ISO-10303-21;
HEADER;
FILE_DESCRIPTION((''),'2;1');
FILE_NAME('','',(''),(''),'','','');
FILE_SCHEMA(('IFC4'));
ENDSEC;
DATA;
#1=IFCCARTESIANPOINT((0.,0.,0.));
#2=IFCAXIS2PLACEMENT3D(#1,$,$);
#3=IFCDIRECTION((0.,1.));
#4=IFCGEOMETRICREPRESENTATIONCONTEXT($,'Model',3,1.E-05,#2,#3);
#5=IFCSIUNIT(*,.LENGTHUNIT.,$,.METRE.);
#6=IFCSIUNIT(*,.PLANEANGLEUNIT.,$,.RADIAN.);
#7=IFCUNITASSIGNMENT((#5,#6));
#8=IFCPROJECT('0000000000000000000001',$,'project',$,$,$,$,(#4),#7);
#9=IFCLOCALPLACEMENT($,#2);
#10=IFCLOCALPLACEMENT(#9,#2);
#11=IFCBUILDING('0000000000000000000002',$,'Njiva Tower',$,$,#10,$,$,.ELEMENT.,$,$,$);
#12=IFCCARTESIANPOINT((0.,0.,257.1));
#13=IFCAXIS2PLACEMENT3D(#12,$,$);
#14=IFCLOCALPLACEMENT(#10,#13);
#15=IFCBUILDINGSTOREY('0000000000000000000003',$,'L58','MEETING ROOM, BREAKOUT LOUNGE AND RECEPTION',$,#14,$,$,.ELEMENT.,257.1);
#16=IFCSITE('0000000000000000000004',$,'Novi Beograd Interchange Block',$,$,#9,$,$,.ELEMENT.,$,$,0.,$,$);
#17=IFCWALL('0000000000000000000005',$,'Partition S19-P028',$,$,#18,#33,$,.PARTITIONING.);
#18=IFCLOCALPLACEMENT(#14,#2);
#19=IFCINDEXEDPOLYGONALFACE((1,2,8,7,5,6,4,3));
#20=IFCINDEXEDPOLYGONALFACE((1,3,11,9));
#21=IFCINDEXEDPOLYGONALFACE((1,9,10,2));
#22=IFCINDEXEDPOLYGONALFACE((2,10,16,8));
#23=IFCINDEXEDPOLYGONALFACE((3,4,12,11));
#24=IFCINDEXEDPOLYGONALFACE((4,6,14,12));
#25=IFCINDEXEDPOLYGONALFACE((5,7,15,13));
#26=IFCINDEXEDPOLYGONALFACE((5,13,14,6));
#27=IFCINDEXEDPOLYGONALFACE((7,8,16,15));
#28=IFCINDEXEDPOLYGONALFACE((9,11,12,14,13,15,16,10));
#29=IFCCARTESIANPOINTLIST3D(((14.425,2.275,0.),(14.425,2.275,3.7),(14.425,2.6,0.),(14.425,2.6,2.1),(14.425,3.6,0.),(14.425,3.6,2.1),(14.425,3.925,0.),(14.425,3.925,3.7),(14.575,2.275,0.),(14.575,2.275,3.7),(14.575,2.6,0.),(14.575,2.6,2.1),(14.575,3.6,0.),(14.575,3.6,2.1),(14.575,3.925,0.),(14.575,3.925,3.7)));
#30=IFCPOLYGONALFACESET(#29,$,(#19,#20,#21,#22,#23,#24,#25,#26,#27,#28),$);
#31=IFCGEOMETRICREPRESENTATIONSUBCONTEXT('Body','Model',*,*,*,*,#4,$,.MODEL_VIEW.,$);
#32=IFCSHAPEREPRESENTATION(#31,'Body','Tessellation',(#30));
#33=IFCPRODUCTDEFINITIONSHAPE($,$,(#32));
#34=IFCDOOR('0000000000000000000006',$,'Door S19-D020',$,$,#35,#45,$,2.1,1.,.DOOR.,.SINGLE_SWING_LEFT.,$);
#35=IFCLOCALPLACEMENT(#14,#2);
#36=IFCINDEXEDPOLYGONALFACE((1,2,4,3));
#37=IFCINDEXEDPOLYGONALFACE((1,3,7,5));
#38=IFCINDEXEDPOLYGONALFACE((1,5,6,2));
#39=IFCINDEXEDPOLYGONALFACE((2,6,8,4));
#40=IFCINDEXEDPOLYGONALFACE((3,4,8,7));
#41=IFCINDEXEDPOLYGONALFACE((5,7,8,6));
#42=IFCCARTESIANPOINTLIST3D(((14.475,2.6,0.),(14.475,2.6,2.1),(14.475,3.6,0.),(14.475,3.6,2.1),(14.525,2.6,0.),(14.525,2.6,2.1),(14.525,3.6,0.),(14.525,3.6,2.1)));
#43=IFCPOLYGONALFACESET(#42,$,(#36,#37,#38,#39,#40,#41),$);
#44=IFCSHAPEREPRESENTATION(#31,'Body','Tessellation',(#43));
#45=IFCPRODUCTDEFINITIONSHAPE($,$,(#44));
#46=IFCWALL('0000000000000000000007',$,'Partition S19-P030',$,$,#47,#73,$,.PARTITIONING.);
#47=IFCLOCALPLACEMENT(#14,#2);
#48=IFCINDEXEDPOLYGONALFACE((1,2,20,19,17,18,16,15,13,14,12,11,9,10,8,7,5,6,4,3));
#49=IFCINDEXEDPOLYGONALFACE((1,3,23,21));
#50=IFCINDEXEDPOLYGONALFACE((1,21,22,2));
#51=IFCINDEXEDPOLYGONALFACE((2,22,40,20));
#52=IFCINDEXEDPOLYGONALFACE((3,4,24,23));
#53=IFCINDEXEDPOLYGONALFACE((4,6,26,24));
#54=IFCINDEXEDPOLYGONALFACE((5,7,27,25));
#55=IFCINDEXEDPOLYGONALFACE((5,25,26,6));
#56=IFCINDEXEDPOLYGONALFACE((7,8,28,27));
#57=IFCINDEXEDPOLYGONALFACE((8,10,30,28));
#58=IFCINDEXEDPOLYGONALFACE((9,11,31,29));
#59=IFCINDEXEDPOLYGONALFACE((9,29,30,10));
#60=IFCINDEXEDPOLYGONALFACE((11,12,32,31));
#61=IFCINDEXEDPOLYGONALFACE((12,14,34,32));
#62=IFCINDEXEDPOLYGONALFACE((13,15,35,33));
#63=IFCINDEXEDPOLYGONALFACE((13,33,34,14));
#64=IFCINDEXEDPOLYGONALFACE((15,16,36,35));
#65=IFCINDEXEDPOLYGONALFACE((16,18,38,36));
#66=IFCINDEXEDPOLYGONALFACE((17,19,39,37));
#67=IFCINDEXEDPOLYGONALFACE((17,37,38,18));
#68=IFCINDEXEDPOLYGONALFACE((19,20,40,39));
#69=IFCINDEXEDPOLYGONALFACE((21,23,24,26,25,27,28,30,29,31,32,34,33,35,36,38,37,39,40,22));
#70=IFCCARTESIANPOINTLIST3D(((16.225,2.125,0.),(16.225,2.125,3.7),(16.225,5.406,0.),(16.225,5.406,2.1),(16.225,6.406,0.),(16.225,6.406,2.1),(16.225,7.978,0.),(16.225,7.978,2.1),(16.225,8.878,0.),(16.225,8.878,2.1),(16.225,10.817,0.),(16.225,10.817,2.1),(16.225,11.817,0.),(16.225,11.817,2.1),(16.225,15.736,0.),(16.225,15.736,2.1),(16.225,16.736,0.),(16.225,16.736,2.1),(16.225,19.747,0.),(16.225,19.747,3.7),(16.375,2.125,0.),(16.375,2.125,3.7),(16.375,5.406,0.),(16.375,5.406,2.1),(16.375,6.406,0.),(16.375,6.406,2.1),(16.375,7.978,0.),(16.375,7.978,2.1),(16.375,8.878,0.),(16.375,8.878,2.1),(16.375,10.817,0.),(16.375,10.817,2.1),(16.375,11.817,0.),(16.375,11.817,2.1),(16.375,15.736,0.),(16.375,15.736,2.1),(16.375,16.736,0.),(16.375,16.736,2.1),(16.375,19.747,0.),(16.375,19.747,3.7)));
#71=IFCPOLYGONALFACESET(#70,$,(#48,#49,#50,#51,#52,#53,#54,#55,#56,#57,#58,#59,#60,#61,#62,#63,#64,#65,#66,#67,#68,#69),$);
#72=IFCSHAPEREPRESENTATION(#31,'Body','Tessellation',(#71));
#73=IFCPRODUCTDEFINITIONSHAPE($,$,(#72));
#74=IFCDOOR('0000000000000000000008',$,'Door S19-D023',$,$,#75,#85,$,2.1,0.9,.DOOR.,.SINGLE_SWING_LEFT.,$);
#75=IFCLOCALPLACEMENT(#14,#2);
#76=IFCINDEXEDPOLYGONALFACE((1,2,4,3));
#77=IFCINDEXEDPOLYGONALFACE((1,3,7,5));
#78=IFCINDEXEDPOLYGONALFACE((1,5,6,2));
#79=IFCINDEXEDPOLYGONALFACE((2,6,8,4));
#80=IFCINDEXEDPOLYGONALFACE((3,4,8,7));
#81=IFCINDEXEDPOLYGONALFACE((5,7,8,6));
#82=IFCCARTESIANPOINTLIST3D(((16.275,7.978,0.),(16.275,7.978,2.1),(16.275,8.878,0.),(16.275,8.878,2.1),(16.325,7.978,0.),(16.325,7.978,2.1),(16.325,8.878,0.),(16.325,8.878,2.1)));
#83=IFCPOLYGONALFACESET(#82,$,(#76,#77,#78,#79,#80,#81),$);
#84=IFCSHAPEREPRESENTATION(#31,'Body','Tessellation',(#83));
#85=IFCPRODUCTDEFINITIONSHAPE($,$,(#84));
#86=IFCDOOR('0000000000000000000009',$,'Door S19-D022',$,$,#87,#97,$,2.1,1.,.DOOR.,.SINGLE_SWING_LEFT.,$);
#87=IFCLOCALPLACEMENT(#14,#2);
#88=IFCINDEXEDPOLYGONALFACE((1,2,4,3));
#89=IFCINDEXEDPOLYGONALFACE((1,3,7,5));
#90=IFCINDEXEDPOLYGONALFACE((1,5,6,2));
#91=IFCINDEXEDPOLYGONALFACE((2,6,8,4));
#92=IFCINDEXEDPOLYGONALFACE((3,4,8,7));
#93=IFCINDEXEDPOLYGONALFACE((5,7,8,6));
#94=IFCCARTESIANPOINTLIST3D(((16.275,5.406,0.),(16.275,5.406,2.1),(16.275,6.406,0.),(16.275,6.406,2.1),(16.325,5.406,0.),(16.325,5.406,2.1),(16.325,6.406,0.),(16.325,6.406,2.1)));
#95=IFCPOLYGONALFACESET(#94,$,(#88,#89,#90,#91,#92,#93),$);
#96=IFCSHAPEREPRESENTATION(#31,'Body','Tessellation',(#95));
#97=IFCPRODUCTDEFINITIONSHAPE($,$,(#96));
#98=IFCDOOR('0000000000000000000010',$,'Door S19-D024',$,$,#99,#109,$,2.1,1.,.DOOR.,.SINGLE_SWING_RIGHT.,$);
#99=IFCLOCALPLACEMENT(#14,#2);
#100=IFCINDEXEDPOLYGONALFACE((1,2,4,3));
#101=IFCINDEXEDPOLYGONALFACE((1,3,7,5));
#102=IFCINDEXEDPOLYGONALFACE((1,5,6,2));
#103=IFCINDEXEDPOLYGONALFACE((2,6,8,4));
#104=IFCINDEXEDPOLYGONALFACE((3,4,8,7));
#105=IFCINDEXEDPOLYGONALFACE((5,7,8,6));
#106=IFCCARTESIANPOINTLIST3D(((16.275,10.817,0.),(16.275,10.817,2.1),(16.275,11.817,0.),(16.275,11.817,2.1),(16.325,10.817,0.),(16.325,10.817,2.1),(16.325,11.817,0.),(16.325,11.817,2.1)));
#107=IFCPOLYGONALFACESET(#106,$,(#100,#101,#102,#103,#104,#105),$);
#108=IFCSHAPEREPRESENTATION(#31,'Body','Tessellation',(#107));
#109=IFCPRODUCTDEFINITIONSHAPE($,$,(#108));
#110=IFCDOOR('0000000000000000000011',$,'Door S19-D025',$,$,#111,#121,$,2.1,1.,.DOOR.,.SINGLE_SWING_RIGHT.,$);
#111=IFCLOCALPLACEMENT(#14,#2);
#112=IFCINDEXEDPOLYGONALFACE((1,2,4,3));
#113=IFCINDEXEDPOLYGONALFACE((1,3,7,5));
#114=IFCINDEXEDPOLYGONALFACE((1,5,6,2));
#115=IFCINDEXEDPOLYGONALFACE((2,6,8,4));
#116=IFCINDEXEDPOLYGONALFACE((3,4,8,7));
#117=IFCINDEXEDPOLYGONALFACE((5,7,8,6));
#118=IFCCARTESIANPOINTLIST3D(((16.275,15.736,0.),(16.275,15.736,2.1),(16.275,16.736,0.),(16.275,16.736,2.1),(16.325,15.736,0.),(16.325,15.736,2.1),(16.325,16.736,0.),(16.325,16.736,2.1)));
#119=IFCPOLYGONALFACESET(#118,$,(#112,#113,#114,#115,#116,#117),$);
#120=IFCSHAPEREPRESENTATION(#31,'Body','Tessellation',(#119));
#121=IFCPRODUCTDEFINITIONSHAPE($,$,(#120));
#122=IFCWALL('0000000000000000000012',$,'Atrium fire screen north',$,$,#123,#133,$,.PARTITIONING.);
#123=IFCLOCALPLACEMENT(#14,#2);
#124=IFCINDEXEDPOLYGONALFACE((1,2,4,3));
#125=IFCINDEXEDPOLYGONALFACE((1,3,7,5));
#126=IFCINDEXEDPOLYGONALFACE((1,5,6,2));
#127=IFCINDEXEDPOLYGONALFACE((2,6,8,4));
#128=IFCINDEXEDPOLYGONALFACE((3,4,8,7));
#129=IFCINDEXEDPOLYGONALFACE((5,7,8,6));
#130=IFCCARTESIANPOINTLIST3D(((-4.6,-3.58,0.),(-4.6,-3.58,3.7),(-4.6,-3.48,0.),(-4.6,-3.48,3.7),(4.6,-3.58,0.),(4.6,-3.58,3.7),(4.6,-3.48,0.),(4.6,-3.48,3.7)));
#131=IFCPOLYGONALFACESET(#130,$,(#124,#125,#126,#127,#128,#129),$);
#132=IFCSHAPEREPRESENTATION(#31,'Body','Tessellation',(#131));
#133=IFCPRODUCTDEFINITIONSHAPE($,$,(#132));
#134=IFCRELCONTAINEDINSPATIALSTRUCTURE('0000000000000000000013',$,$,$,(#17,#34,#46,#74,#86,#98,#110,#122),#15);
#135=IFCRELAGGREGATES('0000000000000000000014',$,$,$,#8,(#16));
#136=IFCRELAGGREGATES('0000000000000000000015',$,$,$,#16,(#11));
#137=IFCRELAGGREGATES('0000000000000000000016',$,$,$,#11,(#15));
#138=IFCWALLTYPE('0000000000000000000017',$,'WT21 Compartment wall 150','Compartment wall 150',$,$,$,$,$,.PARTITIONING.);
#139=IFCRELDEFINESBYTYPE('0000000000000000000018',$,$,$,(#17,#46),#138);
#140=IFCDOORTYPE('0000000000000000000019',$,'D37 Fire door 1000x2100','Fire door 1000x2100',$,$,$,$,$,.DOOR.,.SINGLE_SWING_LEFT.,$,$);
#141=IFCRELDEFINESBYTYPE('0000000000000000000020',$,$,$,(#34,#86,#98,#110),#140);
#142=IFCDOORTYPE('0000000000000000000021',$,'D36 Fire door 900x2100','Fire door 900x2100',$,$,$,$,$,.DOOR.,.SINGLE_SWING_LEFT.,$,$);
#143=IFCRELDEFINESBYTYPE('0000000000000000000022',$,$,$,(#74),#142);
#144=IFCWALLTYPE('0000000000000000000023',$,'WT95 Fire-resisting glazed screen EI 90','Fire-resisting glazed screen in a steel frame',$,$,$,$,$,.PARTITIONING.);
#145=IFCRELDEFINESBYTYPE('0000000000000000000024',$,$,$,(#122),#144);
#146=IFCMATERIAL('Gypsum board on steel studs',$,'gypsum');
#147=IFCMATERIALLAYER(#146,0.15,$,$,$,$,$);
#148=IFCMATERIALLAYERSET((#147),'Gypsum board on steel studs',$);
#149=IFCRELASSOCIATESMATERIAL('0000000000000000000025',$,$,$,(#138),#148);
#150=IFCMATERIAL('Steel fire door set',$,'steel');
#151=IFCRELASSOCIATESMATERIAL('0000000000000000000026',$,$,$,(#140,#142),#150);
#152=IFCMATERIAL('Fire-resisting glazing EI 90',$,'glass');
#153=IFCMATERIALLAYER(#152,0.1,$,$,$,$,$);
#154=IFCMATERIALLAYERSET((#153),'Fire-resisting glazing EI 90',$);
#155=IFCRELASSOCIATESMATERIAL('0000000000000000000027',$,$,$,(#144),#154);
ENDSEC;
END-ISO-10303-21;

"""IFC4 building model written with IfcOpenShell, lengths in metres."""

from ifc_helpers import new_model, si_unit, direction, frame, frame_2d, origin, place, context, subcontext, project, spatial, rectangle, extrude, material, layer, layer_set, type_object, element, fill, save


model = new_model("IFC4")

# Units and contexts
model_context = context("Model", 3, precision=1e-05, world=origin(), true_north=direction((0.0, 1.0)))
body_context = subcontext(model_context, "Body", "Model", "MODEL_VIEW")
ifc_project = project(units=[si_unit("LENGTHUNIT", "METRE"), si_unit("PLANEANGLEUNIT", "RADIAN")], contexts=[model_context])

# Site, building, storey
site_placement = place(None, origin())
site = spatial("IfcSite", under=ifc_project, at=site_placement, Name="Novi Beograd Interchange Block", CompositionType="ELEMENT", RefElevation=0.0)
building_placement = place(site_placement, origin())
building = spatial("IfcBuilding", under=site, at=building_placement, Name="Njiva Tower", CompositionType="ELEMENT")
storey_placement = place(building_placement, frame((0.0, 0.0, 257.1)))
storey = spatial("IfcBuildingStorey", under=building, at=storey_placement, Name="L58", Description="MEETING ROOM, BREAKOUT LOUNGE AND RECEPTION", CompositionType="ELEMENT", Elevation=257.1)

# Shared definitions
ifc_material_1 = material(Name="Gypsum board on steel studs", Category="gypsum")
ifc_layer_1 = layer(ifc_material_1, 0.15)
ifc_layer_set_1 = layer_set([ifc_layer_1], Name="Gypsum board on steel studs")
wall_type_1 = type_object("IfcWallType", Name="WT21 Compartment wall 150", Description="Compartment wall 150", PredefinedType="PARTITIONING", material=ifc_layer_set_1)

# Wall, opening, door
ifc_material_2 = material(Name="Steel fire door set", Category="steel")
door_type_1 = type_object("IfcDoorType", Name="D37 Fire door 1000x2100", Description="Fire door 1000x2100", OperationType="SINGLE_SWING_LEFT", PredefinedType="DOOR", material=ifc_material_2)
wall_1_placement = place(storey_placement, frame((14.5, 2.275, 0.0), z_axis=(0.0, 0.0, 1.0), x_axis=(0.0, 1.0, 0.0)))
wall_1 = element("IfcWall", 1, at=wall_1_placement, inside=storey, type_object=wall_type_1, Name="Partition S19-P028", PredefinedType="PARTITIONING", context=body_context, shape_type="SweptSolid", body=[
    extrude(rectangle(XDim=1.65, YDim=0.15, at=frame_2d((0.825, 0.0))), origin(), (0.0, 0.0, 1.0), 3.7),
])
opening_1_placement = place(wall_1_placement, frame((0.325, 0.0, 0.0)))
opening_1 = element("IfcOpeningElement", 2, at=opening_1_placement, cuts=wall_1, PredefinedType="OPENING", context=body_context, shape_type="SweptSolid", body=[
    extrude(rectangle(XDim=1.0, YDim=2.1, at=frame_2d((0.5, 1.05))), frame((0.0, 0.085, 0.0), z_axis=(0.0, -1.0, 0.0), x_axis=(1.0, 0.0, 0.0)), (0.0, 0.0, 1.0), 0.17),
])
door_1_placement = place(opening_1_placement, origin())
door_1 = element("IfcDoor", 3, at=door_1_placement, inside=storey, type_object=door_type_1, Name="Door S19-D020", OperationType="SINGLE_SWING_LEFT", OverallHeight=2.1, OverallWidth=1.0, PredefinedType="DOOR", context=body_context, shape_type="SweptSolid", body=[
    extrude(rectangle(XDim=1.0, YDim=2.1, at=frame_2d((0.5, 1.05))), frame((0.0, 0.025, 0.0), z_axis=(0.0, -1.0, 0.0), x_axis=(1.0, 0.0, 0.0)), (0.0, 0.0, 1.0), 0.05),
])
fill(opening_1, door_1)

# Wall, openings, doors
wall_2_placement = place(storey_placement, frame((16.3, 2.125, 0.0), z_axis=(0.0, 0.0, 1.0), x_axis=(0.0, 1.0, 0.0)))
wall_2 = element("IfcWall", 4, at=wall_2_placement, inside=storey, type_object=wall_type_1, Name="Partition S19-P030", PredefinedType="PARTITIONING", context=body_context, shape_type="SweptSolid", body=[
    extrude(rectangle(XDim=17.622, YDim=0.15, at=frame_2d((8.811, 0.0))), origin(), (0.0, 0.0, 1.0), 3.7),
])
opening_2_placement = place(wall_2_placement, frame((3.281, 0.0, 0.0)))
opening_2 = element("IfcOpeningElement", 5, at=opening_2_placement, cuts=wall_2, PredefinedType="OPENING", context=body_context, shape_type="SweptSolid", body=[
    extrude(rectangle(XDim=1.0, YDim=2.1, at=frame_2d((0.5, 1.05))), frame((0.0, 0.085, 0.0), z_axis=(0.0, -1.0, 0.0), x_axis=(1.0, 0.0, 0.0)), (0.0, 0.0, 1.0), 0.17),
])
opening_3_placement = place(wall_2_placement, frame((5.853, 0.0, 0.0)))
opening_3 = element("IfcOpeningElement", 6, at=opening_3_placement, cuts=wall_2, PredefinedType="OPENING", context=body_context, shape_type="SweptSolid", body=[
    extrude(rectangle(XDim=0.9, YDim=2.1, at=frame_2d((0.45, 1.05))), frame((0.0, 0.085, 0.0), z_axis=(0.0, -1.0, 0.0), x_axis=(1.0, 0.0, 0.0)), (0.0, 0.0, 1.0), 0.17),
])
opening_4_placement = place(wall_2_placement, frame((8.692, 0.0, 0.0)))
opening_4 = element("IfcOpeningElement", 7, at=opening_4_placement, cuts=wall_2, PredefinedType="OPENING", context=body_context, shape_type="SweptSolid", body=[
    extrude(rectangle(XDim=1.0, YDim=2.1, at=frame_2d((0.5, 1.05))), frame((0.0, 0.085, 0.0), z_axis=(0.0, -1.0, 0.0), x_axis=(1.0, 0.0, 0.0)), (0.0, 0.0, 1.0), 0.17),
])
opening_5_placement = place(wall_2_placement, frame((13.611, 0.0, 0.0)))
opening_5 = element("IfcOpeningElement", 8, at=opening_5_placement, cuts=wall_2, PredefinedType="OPENING", context=body_context, shape_type="SweptSolid", body=[
    extrude(rectangle(XDim=1.0, YDim=2.1, at=frame_2d((0.5, 1.05))), frame((0.0, 0.085, 0.0), z_axis=(0.0, -1.0, 0.0), x_axis=(1.0, 0.0, 0.0)), (0.0, 0.0, 1.0), 0.17),
])
door_type_2 = type_object("IfcDoorType", Name="D36 Fire door 900x2100", Description="Fire door 900x2100", OperationType="SINGLE_SWING_LEFT", PredefinedType="DOOR", material=ifc_material_2)
door_2_placement = place(opening_3_placement, origin())
door_2 = element("IfcDoor", 9, at=door_2_placement, inside=storey, type_object=door_type_2, Name="Door S19-D023", OperationType="SINGLE_SWING_LEFT", OverallHeight=2.1, OverallWidth=0.9, PredefinedType="DOOR", context=body_context, shape_type="SweptSolid", body=[
    extrude(rectangle(XDim=0.9, YDim=2.1, at=frame_2d((0.45, 1.05))), frame((0.0, 0.025, 0.0), z_axis=(0.0, -1.0, 0.0), x_axis=(1.0, 0.0, 0.0)), (0.0, 0.0, 1.0), 0.05),
])
fill(opening_3, door_2)
door_3_placement = place(opening_2_placement, origin())
door_3 = element("IfcDoor", 10, at=door_3_placement, inside=storey, type_object=door_type_1, Name="Door S19-D022", OperationType="SINGLE_SWING_LEFT", OverallHeight=2.1, OverallWidth=1.0, PredefinedType="DOOR", context=body_context, shape_type="SweptSolid", body=[
    extrude(rectangle(XDim=1.0, YDim=2.1, at=frame_2d((0.5, 1.05))), frame((0.0, 0.025, 0.0), z_axis=(0.0, -1.0, 0.0), x_axis=(1.0, 0.0, 0.0)), (0.0, 0.0, 1.0), 0.05),
])
fill(opening_2, door_3)
door_4_placement = place(opening_4_placement, origin())
door_4 = element("IfcDoor", 11, at=door_4_placement, inside=storey, type_object=door_type_1, Name="Door S19-D024", OperationType="SINGLE_SWING_RIGHT", OverallHeight=2.1, OverallWidth=1.0, PredefinedType="DOOR", context=body_context, shape_type="SweptSolid", body=[
    extrude(rectangle(XDim=1.0, YDim=2.1, at=frame_2d((0.5, 1.05))), frame((0.0, 0.025, 0.0), z_axis=(0.0, -1.0, 0.0), x_axis=(1.0, 0.0, 0.0)), (0.0, 0.0, 1.0), 0.05),
])
fill(opening_4, door_4)
door_5_placement = place(opening_5_placement, origin())
door_5 = element("IfcDoor", 12, at=door_5_placement, inside=storey, type_object=door_type_1, Name="Door S19-D025", OperationType="SINGLE_SWING_RIGHT", OverallHeight=2.1, OverallWidth=1.0, PredefinedType="DOOR", context=body_context, shape_type="SweptSolid", body=[
    extrude(rectangle(XDim=1.0, YDim=2.1, at=frame_2d((0.5, 1.05))), frame((0.0, 0.025, 0.0), z_axis=(0.0, -1.0, 0.0), x_axis=(1.0, 0.0, 0.0)), (0.0, 0.0, 1.0), 0.05),
])
fill(opening_5, door_5)

# Wall
ifc_material_3 = material(Name="Fire-resisting glazing EI 90", Category="glass")
ifc_layer_2 = layer(ifc_material_3, 0.1)
ifc_layer_set_2 = layer_set([ifc_layer_2], Name="Fire-resisting glazing EI 90")
wall_type_2 = type_object("IfcWallType", Name="WT95 Fire-resisting glazed screen EI 90", Description="Fire-resisting glazed screen in a steel frame", PredefinedType="PARTITIONING", material=ifc_layer_set_2)
wall_3_placement = place(storey_placement, frame((4.6, -3.53, 0.0), z_axis=(0.0, 0.0, 1.0), x_axis=(-1.0, 0.0, 0.0)))
element("IfcWall", 13, at=wall_3_placement, inside=storey, type_object=wall_type_2, Name="Atrium fire screen north", PredefinedType="PARTITIONING", context=body_context, shape_type="SweptSolid", body=[
    extrude(rectangle(XDim=9.2, YDim=0.1, at=frame_2d((4.6, 0.0))), origin(), (0.0, 0.0, 1.0), 3.7),
])

save(model, "model.ifc")
